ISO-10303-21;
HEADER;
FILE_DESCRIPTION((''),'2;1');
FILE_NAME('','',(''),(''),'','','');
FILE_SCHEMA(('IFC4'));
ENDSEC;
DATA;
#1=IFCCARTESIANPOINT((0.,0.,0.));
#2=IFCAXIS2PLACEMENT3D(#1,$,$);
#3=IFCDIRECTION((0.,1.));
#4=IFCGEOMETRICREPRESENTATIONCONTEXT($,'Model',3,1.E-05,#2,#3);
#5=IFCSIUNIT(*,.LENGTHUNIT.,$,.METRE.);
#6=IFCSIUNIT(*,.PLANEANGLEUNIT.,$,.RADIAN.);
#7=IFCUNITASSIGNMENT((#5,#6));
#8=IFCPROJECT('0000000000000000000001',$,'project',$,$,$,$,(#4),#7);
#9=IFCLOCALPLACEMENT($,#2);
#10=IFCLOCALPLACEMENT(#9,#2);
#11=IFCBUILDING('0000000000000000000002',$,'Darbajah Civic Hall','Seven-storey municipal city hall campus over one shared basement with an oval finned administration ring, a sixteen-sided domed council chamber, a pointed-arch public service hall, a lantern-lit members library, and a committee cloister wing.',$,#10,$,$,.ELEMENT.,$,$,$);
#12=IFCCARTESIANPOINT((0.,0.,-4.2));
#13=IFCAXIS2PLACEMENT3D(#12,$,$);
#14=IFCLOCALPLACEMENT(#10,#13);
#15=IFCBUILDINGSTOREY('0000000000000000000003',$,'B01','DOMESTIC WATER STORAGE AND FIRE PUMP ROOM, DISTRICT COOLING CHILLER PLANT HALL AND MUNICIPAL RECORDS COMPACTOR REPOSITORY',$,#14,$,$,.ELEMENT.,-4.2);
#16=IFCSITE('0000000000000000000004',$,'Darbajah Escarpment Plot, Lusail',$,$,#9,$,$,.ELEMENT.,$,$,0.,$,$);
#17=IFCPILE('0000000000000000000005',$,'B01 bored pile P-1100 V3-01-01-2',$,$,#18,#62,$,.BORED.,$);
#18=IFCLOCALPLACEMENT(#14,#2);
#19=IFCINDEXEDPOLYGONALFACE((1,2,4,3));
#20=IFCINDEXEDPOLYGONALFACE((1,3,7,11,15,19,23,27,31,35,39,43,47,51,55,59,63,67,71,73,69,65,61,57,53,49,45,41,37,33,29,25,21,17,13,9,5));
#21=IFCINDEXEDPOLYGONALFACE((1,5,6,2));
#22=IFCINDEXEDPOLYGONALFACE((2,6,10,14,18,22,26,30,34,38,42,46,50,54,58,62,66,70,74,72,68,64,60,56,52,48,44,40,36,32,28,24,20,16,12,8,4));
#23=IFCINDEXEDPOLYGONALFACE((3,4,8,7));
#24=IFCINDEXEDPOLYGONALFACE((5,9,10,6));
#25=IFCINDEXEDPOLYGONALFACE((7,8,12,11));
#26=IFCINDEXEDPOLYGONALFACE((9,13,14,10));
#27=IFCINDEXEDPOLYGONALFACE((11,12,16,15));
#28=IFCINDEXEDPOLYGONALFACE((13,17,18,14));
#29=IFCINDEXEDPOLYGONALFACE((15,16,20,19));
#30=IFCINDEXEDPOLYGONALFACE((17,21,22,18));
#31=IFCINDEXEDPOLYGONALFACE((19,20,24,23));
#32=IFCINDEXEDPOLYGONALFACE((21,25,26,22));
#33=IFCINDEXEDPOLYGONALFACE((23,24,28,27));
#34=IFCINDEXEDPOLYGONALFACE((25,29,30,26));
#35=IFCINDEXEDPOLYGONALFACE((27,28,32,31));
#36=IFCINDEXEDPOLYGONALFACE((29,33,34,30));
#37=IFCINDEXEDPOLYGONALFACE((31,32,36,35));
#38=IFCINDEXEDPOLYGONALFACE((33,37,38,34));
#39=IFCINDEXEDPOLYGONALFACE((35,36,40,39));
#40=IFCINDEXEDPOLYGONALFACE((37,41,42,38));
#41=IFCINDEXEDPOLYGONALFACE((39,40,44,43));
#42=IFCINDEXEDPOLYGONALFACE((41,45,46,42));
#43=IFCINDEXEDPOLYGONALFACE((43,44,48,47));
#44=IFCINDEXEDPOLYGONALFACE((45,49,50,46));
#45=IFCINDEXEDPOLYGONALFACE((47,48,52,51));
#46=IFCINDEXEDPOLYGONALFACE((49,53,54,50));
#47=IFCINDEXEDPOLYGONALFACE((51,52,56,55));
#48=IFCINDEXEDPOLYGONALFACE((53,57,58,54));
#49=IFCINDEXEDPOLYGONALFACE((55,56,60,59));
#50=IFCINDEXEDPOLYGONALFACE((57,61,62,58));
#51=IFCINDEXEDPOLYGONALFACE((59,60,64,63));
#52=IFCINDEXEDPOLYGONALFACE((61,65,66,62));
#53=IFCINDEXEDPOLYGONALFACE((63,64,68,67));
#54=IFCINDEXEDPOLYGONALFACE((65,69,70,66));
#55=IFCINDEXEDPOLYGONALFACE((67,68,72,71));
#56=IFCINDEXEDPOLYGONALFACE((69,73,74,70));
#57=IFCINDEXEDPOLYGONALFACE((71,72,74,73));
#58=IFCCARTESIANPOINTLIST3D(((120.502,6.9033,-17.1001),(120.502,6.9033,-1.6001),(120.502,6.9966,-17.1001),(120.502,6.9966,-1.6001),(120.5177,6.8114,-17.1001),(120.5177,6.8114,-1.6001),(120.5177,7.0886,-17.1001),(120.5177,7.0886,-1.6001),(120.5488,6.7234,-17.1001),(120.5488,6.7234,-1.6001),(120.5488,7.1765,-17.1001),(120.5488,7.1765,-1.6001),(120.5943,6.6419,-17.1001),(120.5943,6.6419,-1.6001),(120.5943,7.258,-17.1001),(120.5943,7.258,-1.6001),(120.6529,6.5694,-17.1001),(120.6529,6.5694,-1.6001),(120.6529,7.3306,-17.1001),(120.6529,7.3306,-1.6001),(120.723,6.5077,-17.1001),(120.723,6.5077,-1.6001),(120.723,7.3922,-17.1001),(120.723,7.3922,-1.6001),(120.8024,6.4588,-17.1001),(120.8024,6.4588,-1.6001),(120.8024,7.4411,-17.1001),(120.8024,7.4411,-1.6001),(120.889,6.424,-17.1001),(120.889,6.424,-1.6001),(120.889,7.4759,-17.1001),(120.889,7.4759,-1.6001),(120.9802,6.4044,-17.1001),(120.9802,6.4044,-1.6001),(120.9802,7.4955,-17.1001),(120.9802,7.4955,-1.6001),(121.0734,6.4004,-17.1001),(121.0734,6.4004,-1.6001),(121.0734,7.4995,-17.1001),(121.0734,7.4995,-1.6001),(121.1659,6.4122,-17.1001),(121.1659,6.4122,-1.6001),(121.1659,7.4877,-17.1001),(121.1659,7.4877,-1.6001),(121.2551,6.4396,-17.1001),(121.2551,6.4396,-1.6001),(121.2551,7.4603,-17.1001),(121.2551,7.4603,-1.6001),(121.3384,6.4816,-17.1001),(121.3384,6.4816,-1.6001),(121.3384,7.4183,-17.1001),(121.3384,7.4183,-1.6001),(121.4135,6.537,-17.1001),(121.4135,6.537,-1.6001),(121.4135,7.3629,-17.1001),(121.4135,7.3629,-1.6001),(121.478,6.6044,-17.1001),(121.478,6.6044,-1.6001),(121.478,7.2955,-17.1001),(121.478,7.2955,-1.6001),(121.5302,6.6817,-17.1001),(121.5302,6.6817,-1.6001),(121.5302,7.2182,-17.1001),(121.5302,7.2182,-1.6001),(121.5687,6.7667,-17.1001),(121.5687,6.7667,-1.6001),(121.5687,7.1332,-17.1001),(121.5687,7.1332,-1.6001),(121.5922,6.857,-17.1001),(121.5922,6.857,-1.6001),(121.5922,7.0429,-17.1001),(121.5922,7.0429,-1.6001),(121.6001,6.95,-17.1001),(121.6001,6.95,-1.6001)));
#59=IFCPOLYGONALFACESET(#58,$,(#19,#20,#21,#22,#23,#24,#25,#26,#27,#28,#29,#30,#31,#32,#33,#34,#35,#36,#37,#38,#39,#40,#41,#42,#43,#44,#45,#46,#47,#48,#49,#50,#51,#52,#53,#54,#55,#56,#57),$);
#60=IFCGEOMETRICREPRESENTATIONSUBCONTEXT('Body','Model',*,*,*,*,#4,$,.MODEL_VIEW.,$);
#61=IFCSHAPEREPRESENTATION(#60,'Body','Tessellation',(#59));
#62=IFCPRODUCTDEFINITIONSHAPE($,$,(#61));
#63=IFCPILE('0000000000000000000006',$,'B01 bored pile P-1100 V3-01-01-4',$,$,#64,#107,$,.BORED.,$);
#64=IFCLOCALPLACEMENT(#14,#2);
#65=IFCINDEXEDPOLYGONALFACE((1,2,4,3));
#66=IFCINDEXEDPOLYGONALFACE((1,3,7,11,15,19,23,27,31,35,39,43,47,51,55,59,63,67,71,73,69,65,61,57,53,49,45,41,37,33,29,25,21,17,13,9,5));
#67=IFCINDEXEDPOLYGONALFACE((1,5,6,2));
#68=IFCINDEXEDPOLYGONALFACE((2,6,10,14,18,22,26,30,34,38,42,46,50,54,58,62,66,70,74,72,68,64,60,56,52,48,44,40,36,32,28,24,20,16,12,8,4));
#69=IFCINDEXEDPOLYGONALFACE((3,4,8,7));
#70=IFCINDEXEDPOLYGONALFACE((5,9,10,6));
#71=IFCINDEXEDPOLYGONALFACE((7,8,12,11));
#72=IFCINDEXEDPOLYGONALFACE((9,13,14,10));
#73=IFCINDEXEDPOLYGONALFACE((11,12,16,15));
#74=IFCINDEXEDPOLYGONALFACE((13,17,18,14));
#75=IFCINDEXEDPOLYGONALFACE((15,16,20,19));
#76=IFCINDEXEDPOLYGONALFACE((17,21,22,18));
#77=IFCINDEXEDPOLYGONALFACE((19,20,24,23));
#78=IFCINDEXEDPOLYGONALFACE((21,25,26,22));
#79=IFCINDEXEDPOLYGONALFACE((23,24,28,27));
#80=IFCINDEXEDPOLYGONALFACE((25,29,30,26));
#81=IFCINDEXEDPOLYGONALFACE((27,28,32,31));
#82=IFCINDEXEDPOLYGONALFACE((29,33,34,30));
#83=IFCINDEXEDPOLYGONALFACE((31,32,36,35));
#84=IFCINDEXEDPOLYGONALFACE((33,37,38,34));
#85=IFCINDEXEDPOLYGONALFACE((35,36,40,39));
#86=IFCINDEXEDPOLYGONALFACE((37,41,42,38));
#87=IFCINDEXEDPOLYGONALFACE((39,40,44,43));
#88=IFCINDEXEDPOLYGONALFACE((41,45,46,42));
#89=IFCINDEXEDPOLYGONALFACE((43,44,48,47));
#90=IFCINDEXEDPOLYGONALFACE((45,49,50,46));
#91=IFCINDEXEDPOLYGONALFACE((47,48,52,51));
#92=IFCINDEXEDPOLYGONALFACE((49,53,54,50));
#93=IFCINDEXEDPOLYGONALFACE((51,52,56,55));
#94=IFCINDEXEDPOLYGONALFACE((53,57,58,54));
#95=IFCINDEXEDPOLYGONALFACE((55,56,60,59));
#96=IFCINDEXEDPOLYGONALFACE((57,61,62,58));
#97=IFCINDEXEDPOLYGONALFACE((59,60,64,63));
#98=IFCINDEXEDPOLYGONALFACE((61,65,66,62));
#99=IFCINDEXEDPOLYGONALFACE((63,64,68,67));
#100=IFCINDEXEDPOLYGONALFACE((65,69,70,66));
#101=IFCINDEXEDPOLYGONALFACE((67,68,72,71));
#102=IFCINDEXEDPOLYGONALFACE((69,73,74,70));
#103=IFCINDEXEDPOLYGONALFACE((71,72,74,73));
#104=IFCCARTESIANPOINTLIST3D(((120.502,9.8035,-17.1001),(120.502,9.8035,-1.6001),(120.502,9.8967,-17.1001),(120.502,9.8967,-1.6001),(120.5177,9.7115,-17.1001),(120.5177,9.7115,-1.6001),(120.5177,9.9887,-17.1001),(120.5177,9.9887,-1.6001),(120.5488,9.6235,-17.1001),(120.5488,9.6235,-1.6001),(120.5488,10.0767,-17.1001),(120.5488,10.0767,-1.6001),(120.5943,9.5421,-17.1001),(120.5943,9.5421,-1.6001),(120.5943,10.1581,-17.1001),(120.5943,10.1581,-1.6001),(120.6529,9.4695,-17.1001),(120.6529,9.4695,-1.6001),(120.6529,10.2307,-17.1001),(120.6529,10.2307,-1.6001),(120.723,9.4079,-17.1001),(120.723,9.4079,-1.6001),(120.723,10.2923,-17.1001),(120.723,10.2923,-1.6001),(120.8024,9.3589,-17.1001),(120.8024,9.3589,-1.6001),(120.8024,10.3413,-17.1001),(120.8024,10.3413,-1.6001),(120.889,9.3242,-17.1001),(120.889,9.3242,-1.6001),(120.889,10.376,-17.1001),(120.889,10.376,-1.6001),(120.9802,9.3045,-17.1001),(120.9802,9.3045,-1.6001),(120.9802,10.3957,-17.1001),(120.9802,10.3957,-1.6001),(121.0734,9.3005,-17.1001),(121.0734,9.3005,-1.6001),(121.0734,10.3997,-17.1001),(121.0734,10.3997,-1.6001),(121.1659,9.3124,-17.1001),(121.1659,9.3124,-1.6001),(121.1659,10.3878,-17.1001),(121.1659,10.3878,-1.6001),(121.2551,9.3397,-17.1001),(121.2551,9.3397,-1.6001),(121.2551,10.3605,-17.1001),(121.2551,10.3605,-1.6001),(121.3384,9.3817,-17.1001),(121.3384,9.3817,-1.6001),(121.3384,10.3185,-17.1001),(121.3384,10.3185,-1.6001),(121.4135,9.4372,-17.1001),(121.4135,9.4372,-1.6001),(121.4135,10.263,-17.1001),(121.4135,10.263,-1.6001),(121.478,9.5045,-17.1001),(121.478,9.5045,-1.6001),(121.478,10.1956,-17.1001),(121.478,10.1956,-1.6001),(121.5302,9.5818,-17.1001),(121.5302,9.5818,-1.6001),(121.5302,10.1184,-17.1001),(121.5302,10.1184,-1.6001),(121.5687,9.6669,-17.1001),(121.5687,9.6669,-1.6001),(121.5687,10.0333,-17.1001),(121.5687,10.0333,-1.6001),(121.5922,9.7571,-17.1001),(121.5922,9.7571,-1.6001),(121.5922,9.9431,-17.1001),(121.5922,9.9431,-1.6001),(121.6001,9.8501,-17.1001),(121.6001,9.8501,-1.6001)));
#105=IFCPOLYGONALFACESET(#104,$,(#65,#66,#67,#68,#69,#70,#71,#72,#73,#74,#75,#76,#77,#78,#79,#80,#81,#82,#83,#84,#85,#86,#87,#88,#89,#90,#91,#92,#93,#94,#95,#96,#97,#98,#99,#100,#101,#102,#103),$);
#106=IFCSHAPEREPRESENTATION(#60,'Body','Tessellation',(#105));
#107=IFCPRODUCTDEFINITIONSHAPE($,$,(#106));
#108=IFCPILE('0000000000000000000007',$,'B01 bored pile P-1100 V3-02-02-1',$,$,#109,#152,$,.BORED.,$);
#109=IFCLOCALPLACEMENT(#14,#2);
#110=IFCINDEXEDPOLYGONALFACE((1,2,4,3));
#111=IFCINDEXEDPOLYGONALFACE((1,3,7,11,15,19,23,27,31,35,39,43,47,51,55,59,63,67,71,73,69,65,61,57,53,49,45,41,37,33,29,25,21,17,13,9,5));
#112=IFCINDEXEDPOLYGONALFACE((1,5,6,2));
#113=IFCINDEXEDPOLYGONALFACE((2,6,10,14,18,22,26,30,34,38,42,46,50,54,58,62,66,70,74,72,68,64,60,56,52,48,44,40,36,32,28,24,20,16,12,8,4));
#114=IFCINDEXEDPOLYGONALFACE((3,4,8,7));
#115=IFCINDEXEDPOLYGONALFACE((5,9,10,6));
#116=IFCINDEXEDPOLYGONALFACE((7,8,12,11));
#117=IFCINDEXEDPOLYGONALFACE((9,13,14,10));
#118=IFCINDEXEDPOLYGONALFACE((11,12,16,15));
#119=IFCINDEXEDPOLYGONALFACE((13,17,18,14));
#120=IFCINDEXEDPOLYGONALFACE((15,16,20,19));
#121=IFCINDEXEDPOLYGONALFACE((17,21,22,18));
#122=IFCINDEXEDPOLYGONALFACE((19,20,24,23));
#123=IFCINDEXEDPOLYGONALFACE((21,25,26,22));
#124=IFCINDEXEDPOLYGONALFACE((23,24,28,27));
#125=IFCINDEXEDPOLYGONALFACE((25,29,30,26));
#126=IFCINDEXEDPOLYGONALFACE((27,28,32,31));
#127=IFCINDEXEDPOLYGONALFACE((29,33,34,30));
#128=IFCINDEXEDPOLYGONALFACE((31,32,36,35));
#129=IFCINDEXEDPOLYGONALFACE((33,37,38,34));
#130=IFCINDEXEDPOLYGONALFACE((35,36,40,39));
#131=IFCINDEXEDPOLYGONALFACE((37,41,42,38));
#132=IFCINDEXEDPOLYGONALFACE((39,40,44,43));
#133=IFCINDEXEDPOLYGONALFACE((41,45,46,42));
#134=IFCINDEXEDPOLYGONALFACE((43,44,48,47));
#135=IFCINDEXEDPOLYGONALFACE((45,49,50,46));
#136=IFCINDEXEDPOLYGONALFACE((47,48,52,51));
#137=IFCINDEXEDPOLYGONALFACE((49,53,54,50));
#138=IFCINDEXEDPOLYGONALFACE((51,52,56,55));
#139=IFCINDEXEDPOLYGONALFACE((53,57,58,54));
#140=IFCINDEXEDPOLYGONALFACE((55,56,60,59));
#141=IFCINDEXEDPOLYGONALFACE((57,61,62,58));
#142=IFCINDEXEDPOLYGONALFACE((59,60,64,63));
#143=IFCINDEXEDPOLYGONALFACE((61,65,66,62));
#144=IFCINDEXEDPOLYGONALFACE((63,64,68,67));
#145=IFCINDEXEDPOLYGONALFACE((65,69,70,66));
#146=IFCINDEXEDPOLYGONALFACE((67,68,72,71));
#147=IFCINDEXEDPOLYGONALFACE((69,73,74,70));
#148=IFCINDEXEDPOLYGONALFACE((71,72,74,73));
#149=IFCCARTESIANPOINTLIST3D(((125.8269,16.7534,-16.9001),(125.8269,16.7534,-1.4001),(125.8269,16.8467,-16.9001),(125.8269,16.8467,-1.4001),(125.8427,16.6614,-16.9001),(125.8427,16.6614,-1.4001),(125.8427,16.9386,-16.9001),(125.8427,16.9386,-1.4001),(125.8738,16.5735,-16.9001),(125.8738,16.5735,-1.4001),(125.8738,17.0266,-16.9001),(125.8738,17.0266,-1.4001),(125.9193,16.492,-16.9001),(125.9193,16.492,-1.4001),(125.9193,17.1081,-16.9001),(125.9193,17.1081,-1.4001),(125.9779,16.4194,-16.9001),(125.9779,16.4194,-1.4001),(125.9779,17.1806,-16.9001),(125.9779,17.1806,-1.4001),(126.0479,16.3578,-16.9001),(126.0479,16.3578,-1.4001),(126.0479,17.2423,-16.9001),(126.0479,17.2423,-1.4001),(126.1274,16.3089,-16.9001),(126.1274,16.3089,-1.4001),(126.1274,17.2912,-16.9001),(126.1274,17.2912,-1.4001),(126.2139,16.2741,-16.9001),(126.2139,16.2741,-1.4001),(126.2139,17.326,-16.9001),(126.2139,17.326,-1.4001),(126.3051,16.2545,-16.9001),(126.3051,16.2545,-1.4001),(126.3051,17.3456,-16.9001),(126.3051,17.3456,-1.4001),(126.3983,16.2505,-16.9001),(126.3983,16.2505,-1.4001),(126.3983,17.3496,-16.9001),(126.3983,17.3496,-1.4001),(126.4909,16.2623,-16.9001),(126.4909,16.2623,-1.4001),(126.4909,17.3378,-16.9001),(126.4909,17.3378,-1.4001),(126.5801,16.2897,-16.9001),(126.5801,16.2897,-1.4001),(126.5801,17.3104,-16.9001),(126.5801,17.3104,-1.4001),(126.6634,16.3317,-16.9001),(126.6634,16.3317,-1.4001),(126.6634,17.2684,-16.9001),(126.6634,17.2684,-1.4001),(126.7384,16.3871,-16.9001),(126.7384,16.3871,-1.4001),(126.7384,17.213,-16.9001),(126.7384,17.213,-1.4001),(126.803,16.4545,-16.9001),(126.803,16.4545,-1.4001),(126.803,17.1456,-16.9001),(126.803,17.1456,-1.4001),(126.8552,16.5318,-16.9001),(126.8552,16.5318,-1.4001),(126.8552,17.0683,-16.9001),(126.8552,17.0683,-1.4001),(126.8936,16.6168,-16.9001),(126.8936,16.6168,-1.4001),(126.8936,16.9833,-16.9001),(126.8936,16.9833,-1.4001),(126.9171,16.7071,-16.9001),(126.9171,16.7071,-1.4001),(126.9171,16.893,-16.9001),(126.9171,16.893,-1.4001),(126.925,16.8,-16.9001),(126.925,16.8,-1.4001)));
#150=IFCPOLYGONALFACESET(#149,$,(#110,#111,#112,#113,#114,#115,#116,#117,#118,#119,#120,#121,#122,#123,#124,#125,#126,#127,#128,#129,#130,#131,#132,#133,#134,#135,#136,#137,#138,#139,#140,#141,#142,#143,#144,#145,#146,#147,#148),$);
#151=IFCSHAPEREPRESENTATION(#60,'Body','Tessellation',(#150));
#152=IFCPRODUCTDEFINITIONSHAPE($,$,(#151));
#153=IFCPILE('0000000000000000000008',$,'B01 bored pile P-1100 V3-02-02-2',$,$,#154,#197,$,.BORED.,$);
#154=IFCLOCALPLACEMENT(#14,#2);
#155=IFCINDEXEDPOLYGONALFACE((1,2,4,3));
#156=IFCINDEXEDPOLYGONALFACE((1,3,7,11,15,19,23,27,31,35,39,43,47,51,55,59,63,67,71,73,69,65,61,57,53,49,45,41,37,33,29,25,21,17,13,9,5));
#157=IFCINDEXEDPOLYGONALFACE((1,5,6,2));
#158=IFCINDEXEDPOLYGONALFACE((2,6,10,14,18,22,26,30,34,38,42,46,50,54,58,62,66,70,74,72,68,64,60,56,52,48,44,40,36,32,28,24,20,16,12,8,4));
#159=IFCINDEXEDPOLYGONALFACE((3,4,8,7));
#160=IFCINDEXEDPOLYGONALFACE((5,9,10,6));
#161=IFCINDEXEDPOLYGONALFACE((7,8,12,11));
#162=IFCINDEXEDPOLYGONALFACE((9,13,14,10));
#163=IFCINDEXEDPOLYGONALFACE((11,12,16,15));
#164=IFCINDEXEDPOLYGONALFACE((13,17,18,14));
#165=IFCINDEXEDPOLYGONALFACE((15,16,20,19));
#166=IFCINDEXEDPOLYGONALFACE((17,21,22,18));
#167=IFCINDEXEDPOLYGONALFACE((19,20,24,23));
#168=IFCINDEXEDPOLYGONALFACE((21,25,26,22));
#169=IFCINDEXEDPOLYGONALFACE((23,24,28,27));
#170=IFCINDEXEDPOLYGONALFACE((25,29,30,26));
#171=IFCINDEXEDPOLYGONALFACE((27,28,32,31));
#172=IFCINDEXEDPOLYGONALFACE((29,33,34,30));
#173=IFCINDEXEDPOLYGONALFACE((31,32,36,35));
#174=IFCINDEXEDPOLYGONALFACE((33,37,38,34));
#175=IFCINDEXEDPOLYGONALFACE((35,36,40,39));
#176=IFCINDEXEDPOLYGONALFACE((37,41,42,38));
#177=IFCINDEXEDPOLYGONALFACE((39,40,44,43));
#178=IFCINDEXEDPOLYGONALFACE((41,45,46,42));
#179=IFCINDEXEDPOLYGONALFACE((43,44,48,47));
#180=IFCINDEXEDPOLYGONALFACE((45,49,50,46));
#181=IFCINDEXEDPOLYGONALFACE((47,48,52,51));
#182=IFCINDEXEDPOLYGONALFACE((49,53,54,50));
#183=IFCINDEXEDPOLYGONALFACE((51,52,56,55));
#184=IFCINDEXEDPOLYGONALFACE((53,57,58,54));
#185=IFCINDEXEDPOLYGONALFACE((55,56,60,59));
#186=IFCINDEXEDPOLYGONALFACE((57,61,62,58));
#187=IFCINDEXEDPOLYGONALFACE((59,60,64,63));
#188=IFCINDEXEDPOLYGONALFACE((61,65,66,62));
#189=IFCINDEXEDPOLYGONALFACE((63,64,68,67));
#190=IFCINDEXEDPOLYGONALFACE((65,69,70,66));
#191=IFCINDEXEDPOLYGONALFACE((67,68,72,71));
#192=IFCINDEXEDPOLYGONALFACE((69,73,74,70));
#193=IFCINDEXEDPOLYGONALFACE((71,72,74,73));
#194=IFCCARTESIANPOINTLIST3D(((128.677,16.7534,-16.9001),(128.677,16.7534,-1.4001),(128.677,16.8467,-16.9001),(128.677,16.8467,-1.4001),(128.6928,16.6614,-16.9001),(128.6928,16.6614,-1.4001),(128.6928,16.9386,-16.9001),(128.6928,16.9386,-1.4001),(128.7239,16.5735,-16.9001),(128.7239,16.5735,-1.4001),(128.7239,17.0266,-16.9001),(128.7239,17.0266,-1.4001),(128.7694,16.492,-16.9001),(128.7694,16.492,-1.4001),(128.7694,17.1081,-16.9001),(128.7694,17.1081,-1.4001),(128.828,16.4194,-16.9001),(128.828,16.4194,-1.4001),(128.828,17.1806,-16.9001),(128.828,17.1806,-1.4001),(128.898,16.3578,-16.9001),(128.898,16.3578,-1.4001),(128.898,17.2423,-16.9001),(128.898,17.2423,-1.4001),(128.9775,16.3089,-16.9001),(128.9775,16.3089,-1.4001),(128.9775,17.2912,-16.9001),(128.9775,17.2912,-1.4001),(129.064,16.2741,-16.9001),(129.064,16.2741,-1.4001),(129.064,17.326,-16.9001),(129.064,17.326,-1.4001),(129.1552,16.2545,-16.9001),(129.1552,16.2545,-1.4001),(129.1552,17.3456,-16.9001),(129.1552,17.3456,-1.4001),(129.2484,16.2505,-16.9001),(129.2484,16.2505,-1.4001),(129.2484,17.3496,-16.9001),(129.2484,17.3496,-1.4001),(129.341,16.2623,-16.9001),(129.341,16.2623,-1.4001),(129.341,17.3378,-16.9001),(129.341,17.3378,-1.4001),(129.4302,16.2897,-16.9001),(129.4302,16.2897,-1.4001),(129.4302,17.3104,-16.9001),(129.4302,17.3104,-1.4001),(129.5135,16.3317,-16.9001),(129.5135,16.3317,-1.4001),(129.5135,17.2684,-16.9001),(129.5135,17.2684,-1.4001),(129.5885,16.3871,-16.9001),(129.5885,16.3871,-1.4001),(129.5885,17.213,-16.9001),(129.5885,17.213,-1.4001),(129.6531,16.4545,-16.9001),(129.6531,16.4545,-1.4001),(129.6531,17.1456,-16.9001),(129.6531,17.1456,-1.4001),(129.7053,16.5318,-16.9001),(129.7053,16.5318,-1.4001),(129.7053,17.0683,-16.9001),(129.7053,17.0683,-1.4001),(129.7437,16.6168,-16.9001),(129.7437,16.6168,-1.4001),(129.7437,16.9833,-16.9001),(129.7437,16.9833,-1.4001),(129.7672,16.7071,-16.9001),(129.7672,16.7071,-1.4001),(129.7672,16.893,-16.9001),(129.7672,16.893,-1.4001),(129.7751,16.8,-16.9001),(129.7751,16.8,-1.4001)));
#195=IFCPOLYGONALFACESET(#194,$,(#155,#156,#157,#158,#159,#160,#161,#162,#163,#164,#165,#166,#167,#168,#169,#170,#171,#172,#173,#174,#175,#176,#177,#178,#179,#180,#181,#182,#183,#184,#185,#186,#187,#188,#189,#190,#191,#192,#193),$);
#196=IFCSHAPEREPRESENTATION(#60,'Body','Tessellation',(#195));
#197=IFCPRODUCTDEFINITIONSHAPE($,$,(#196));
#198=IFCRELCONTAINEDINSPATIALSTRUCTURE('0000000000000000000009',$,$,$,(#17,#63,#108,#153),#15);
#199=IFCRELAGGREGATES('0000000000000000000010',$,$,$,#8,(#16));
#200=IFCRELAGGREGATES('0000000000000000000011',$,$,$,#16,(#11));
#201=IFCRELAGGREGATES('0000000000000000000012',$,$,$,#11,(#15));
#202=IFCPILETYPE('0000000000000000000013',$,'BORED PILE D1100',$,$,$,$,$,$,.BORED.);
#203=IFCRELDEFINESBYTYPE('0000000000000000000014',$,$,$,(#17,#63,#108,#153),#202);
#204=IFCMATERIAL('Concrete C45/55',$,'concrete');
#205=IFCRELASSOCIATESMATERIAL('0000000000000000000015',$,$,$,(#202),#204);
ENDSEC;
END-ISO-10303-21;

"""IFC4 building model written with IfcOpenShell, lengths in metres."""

from ifc_helpers import new_model, si_unit, direction, frame, origin, origin_2d, place, context, subcontext, project, spatial, circle, extrude, material, material_profile, profile_set, type_object, element, save


model = new_model("IFC4")

# Units and contexts
model_context = context("Model", 3, precision=1e-05, world=origin(), true_north=direction((0.0, 1.0)))
body_context = subcontext(model_context, "Body", "Model", "MODEL_VIEW")
ifc_project = project(units=[si_unit("LENGTHUNIT", "METRE"), si_unit("PLANEANGLEUNIT", "RADIAN")], contexts=[model_context])

# Site, building, storey
site_placement = place(None, origin())
site = spatial("IfcSite", under=ifc_project, at=site_placement, Name="Darbajah Escarpment Plot, Lusail", CompositionType="ELEMENT", RefElevation=0.0)
building_placement = place(site_placement, origin())
building = spatial("IfcBuilding", under=site, at=building_placement, Name="Darbajah Civic Hall", Description="Seven-storey municipal city hall campus over one shared basement with an oval finned administration ring, a sixteen-sided domed council chamber, a pointed-arch public service hall, a lantern-lit members library, and a committee cloister wing.", CompositionType="ELEMENT")
storey_placement = place(building_placement, frame((0.0, 0.0, -4.2)))
storey = spatial("IfcBuildingStorey", under=building, at=storey_placement, Name="B01", Description="DOMESTIC WATER STORAGE AND FIRE PUMP ROOM, DISTRICT COOLING CHILLER PLANT HALL AND MUNICIPAL RECORDS COMPACTOR REPOSITORY", CompositionType="ELEMENT", Elevation=-4.2)

# Piles
ifc_material_1 = material(Name="Concrete C45/55", Category="concrete")
ifc_material_profile_1 = material_profile(ifc_material_1, circle(Radius=0.55, at=origin_2d()), Name="BORED PILE D1100")
ifc_profile_set_1 = profile_set([ifc_material_profile_1], Name="Concrete C45/55")
pile_type_1 = type_object("IfcPileType", Name="BORED PILE D1100", PredefinedType="BORED", material=ifc_profile_set_1)
for number, where, z_axis, x_axis, name in (
    (1, (121.05, 6.95, -1.6001), (0.0, 0.0, -1.0), (1.0, 0.0, 0.0), "B01 bored pile P-1100 V3-01-01-2"),
    (2, (121.05, 9.8501, -1.6001), (0.0, 0.0, -1.0), (1.0, 0.0, 0.0), "B01 bored pile P-1100 V3-01-01-4"),
    (3, (126.375, 16.8, -1.4001), (0.0, 0.0, -1.0), (1.0, 0.0, 0.0), "B01 bored pile P-1100 V3-02-02-1"),
    (4, (129.2251, 16.8, -1.4001), (0.0, 0.0, -1.0), (1.0, 0.0, 0.0), "B01 bored pile P-1100 V3-02-02-2"),
):
    element("IfcPile", number, at=place(storey_placement, frame(where, z_axis=z_axis, x_axis=x_axis)), inside=storey, type_object=pile_type_1, Name=name, PredefinedType="BORED", context=body_context, shape_type="SweptSolid", body=[
        extrude(circle(Radius=0.55, at=origin_2d()), origin(), (0.0, 0.0, 1.0), 15.5),
    ])

save(model, "model.ifc")
